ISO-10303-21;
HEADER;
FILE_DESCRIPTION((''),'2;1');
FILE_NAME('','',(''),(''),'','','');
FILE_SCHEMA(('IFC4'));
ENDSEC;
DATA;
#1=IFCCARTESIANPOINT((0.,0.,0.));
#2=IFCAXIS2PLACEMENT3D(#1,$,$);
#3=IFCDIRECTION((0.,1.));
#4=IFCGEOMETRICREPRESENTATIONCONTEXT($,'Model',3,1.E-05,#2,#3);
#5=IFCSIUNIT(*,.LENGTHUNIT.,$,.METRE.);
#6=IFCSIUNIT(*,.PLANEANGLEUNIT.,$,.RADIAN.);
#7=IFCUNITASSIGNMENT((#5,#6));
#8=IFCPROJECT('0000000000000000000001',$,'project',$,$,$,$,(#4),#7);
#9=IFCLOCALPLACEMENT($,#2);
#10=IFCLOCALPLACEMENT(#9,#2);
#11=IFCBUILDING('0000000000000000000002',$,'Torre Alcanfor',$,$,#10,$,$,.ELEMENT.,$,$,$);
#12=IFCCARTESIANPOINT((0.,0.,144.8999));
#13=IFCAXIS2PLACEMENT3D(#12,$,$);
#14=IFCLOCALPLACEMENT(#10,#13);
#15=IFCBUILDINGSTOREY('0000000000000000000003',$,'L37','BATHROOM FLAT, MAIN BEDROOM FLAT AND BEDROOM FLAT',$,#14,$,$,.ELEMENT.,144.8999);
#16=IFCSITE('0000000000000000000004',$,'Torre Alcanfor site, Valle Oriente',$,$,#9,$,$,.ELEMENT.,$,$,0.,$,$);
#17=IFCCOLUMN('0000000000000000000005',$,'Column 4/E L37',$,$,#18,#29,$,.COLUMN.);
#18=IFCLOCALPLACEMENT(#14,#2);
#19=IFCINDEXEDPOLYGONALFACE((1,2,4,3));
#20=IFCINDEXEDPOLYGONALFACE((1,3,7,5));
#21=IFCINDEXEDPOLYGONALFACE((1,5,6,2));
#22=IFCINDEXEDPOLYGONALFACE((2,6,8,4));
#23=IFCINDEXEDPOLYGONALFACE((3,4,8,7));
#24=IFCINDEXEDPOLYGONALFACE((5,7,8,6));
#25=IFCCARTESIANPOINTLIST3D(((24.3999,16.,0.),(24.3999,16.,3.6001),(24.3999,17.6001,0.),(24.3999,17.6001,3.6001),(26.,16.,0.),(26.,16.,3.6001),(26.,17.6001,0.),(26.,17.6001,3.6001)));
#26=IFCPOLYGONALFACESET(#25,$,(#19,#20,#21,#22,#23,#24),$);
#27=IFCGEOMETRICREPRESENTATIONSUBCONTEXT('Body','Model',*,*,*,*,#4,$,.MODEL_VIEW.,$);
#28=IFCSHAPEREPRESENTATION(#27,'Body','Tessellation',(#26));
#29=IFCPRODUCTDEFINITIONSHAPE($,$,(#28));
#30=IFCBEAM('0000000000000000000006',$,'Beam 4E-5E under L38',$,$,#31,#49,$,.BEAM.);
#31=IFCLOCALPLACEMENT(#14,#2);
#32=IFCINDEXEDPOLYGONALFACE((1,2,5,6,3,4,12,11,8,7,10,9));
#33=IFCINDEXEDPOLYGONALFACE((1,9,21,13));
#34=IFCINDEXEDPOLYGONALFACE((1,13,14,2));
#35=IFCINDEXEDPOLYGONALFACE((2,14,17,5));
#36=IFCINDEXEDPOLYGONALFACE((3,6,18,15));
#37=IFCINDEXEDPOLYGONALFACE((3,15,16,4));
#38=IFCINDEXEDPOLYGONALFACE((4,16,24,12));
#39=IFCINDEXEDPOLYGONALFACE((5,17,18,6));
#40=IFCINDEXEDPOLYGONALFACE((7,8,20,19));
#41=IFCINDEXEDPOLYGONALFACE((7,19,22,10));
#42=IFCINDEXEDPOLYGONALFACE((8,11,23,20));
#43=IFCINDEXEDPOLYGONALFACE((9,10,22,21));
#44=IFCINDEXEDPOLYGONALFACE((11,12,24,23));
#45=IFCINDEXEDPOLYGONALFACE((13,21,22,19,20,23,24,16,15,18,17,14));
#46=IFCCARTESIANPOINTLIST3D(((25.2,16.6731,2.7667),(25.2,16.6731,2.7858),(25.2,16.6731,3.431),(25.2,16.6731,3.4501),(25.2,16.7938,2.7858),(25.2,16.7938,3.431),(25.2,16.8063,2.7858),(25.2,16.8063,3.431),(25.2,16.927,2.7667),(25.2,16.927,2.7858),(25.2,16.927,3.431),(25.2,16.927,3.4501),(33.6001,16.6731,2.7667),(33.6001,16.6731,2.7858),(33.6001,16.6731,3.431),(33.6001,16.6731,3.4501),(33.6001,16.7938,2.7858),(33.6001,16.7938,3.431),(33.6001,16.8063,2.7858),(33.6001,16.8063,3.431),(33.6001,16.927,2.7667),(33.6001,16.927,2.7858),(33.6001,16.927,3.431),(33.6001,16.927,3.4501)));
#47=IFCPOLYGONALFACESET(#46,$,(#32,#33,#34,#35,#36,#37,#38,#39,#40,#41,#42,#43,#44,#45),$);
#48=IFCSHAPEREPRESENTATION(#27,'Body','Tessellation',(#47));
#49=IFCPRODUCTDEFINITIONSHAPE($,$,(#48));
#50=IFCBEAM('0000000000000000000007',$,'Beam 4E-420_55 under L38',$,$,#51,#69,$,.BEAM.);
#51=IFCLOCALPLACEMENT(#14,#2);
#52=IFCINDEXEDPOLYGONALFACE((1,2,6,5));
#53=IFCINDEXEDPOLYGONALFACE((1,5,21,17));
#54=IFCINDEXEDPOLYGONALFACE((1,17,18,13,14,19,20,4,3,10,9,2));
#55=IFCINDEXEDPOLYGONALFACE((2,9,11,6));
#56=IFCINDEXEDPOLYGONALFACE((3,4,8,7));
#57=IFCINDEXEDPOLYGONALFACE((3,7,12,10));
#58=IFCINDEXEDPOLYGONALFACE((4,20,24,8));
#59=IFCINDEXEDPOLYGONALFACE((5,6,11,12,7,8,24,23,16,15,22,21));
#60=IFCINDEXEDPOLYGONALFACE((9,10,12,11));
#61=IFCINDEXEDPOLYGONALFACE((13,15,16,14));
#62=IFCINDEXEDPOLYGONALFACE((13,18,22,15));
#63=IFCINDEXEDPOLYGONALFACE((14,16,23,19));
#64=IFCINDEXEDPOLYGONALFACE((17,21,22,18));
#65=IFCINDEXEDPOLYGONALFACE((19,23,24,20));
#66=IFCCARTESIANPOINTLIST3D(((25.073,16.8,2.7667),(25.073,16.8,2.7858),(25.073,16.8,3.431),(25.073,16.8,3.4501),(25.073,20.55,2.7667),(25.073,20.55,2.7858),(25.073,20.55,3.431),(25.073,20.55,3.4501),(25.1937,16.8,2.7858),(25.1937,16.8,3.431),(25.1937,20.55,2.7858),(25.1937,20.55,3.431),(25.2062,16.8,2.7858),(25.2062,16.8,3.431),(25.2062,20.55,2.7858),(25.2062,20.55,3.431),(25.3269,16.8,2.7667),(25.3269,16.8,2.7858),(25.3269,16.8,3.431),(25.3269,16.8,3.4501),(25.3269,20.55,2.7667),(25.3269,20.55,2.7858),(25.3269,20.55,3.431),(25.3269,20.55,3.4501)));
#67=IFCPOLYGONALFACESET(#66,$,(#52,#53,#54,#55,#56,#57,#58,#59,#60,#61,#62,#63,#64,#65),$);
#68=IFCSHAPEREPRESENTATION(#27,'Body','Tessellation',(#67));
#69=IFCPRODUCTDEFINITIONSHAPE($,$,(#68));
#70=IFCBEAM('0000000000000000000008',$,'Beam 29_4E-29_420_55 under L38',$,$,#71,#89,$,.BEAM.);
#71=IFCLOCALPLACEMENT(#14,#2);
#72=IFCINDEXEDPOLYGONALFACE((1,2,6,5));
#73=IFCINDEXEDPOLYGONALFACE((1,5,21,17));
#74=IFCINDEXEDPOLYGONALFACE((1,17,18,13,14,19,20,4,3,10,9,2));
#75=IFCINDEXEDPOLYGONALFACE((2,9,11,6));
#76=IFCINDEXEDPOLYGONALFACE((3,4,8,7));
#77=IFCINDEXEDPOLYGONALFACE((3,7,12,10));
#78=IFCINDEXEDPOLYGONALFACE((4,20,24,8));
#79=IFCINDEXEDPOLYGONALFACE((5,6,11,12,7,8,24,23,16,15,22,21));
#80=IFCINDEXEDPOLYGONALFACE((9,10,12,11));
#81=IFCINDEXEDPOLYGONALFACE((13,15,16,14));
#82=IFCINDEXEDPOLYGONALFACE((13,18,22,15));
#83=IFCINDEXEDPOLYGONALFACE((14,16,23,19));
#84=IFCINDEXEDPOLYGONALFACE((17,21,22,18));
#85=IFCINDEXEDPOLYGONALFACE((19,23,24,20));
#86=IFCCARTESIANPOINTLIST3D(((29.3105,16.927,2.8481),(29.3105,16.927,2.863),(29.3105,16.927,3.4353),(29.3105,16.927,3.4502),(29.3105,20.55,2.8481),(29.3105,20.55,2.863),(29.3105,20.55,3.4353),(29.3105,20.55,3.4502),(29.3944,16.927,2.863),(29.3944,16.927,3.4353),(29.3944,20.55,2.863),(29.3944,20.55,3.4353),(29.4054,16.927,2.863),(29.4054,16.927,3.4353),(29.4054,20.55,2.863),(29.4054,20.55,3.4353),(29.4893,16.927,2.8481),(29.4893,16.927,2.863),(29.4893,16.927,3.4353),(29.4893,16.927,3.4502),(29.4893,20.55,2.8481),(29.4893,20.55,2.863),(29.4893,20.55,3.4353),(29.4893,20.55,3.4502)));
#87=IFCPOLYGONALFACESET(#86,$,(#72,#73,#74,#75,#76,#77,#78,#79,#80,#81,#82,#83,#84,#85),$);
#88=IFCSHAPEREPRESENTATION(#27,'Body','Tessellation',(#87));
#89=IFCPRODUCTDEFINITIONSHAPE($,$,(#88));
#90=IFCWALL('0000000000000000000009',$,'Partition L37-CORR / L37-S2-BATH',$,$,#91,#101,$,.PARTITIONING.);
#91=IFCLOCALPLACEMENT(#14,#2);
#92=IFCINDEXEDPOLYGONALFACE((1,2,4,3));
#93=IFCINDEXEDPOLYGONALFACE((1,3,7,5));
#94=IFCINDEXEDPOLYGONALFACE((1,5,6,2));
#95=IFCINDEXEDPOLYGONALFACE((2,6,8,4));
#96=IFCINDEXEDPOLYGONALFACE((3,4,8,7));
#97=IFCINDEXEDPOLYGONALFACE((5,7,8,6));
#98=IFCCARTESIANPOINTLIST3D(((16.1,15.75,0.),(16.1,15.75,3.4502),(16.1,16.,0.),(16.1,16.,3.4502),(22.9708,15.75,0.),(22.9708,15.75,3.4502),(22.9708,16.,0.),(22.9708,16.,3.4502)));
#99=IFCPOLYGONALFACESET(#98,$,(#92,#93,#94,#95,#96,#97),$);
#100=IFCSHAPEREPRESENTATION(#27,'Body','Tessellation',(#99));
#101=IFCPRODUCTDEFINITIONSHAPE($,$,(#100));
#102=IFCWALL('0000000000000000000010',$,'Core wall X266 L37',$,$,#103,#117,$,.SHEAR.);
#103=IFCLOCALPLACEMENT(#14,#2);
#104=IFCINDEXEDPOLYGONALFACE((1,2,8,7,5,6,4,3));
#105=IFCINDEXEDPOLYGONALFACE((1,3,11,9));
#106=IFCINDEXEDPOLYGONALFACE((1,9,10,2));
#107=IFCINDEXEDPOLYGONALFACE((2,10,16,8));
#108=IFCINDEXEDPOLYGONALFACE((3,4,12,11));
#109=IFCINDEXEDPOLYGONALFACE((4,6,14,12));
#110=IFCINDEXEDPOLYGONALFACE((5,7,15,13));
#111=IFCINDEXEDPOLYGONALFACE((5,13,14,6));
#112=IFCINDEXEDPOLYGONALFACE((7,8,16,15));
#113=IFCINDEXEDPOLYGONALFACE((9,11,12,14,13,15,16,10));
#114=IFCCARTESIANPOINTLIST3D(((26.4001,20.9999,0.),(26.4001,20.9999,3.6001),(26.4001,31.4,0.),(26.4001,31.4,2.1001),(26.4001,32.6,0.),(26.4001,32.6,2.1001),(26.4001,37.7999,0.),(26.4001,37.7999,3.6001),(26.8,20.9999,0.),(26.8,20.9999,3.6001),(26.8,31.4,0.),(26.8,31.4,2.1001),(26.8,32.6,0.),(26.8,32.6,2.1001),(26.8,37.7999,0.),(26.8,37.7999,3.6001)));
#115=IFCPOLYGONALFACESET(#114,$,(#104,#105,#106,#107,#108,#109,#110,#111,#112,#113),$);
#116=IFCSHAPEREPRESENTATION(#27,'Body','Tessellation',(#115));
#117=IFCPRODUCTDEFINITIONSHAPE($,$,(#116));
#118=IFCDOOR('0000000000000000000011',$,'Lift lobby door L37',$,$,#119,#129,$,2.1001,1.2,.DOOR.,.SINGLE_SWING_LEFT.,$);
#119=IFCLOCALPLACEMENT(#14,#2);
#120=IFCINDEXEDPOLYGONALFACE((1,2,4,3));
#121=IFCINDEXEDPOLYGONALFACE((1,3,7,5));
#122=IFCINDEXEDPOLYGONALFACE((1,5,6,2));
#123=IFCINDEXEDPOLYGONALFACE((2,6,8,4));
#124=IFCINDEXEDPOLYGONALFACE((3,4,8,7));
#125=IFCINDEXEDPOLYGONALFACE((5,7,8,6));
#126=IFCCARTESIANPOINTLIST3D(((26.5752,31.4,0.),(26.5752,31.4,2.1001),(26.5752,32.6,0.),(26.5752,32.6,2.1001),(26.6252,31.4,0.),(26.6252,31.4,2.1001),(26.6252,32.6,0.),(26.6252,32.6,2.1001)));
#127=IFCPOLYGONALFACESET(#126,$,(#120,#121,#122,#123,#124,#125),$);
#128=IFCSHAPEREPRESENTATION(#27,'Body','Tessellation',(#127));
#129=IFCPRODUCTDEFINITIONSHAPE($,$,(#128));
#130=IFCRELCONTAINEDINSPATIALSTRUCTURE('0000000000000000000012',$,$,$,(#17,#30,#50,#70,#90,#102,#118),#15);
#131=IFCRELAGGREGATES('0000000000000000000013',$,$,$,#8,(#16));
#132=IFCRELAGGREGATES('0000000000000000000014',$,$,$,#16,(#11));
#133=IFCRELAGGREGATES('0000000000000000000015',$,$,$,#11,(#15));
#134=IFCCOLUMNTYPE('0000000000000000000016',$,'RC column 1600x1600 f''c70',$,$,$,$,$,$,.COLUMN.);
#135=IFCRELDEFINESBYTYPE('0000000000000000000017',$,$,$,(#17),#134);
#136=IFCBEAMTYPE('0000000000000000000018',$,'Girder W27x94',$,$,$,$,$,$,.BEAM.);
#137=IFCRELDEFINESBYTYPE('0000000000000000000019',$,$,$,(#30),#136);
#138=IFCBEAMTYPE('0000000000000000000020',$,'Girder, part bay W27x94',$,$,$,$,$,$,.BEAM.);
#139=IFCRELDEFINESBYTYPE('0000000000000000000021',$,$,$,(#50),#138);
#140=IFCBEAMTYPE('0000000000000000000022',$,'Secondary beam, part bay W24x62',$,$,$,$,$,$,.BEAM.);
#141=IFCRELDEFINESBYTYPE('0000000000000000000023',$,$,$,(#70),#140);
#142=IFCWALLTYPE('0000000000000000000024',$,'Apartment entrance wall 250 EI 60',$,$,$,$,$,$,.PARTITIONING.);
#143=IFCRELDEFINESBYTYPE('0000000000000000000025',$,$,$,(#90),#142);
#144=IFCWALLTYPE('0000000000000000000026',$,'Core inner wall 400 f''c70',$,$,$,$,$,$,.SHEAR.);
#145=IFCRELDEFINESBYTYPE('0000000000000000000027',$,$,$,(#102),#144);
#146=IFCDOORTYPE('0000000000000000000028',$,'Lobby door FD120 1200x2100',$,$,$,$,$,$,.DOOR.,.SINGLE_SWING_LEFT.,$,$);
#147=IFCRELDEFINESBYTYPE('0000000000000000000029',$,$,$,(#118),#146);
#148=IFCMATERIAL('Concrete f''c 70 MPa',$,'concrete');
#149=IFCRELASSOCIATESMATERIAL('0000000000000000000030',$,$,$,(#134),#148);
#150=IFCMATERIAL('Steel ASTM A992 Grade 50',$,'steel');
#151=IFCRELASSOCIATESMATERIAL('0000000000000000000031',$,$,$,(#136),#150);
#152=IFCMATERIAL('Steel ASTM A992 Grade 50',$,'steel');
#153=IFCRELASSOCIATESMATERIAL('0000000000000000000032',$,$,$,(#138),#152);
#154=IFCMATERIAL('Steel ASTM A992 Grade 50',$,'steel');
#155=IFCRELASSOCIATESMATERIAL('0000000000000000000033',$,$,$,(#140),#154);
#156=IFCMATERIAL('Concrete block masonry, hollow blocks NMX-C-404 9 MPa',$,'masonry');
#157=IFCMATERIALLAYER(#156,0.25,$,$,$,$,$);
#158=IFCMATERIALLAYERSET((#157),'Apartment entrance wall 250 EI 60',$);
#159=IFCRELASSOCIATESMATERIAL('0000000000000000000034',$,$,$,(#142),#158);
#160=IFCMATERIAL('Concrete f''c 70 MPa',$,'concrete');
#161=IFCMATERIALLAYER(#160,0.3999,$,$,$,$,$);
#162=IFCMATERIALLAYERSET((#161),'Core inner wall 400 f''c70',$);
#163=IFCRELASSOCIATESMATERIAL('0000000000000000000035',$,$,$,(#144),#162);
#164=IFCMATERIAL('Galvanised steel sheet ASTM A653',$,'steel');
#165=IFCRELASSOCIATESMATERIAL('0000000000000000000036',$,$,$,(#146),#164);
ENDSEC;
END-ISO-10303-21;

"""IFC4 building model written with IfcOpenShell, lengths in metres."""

from ifc_helpers import new_model, si_unit, direction, frame, frame_2d, origin, origin_2d, place, context, subcontext, project, spatial, rectangle, i_section, extrude, material, layer, layer_set, material_profile, profile_set, type_object, element, fill, save


model = new_model("IFC4")

# Units and contexts
model_context = context("Model", 3, precision=1e-05, world=origin(), true_north=direction((0.0, 1.0)))
body_context = subcontext(model_context, "Body", "Model", "MODEL_VIEW")
ifc_project = project(units=[si_unit("LENGTHUNIT", "METRE"), si_unit("PLANEANGLEUNIT", "RADIAN")], contexts=[model_context])

# Site, building, storey
site_placement = place(None, origin())
site = spatial("IfcSite", under=ifc_project, at=site_placement, Name="Torre Alcanfor site, Valle Oriente", CompositionType="ELEMENT", RefElevation=0.0)
building_placement = place(site_placement, origin())
building = spatial("IfcBuilding", under=site, at=building_placement, Name="Torre Alcanfor", CompositionType="ELEMENT")
storey_placement = place(building_placement, frame((0.0, 0.0, 144.8999)))
storey = spatial("IfcBuildingStorey", under=building, at=storey_placement, Name="L37", Description="BATHROOM FLAT, MAIN BEDROOM FLAT AND BEDROOM FLAT", CompositionType="ELEMENT", Elevation=144.8999)

# Column
ifc_material_1 = material(Name="Concrete f'c 70 MPa", Category="concrete")
ifc_material_profile_1 = material_profile(ifc_material_1, rectangle(XDim=1.6001, YDim=1.6001, at=origin_2d()), Name="1600x1600")
ifc_profile_set_1 = profile_set([ifc_material_profile_1], Name="Concrete f'c 70 MPa")
column_type = type_object("IfcColumnType", Name="RC column 1600x1600 f'c70", PredefinedType="COLUMN", material=ifc_profile_set_1)
column_placement = place(storey_placement, frame((25.2, 16.8, 0.0), z_axis=(0.0, 0.0, 1.0), x_axis=(1.0, 0.0, 0.0)))
element("IfcColumn", 1, at=column_placement, inside=storey, type_object=column_type, Name="Column 4/E L37", PredefinedType="COLUMN", context=body_context, shape_type="SweptSolid", body=[
    extrude(rectangle(XDim=1.6001, YDim=1.6001, at=origin_2d()), origin(), (0.0, 0.0, 1.0), 3.6001),
])

# Beams
ifc_material_2 = material(Name="Steel ASTM A992 Grade 50", Category="steel")
ifc_material_profile_2 = material_profile(ifc_material_2, i_section(OverallWidth=0.2539, OverallDepth=0.6833, WebThickness=0.0125, FlangeThickness=0.019, at=origin_2d()), Name="W27x94")
ifc_profile_set_2 = profile_set([ifc_material_profile_2], Name="Steel ASTM A992 Grade 50")
beam_type_1 = type_object("IfcBeamType", Name="Girder W27x94", PredefinedType="BEAM", material=ifc_profile_set_2)
beam_1_placement = place(storey_placement, frame((25.2, 16.8, 3.1084), z_axis=(1.0, 0.0, 0.0), x_axis=(0.0, 1.0, 0.0)))
element("IfcBeam", 2, at=beam_1_placement, inside=storey, type_object=beam_type_1, Name="Beam 4E-5E under L38", PredefinedType="BEAM", context=body_context, shape_type="SweptSolid", body=[
    extrude(i_section(OverallWidth=0.2539, OverallDepth=0.6833, WebThickness=0.0125, FlangeThickness=0.019, at=origin_2d()), origin(), (0.0, 0.0, 1.0), 8.4001),
])
ifc_material_3 = material(Name="Steel ASTM A992 Grade 50", Category="steel")
ifc_material_profile_3 = material_profile(ifc_material_3, i_section(OverallWidth=0.2539, OverallDepth=0.6833, WebThickness=0.0125, FlangeThickness=0.019, at=origin_2d()), Name="W27x94")
ifc_profile_set_3 = profile_set([ifc_material_profile_3], Name="Steel ASTM A992 Grade 50")
beam_type_2 = type_object("IfcBeamType", Name="Girder, part bay W27x94", PredefinedType="BEAM", material=ifc_profile_set_3)
beam_2_placement = place(storey_placement, frame((25.2, 16.8, 3.1084), z_axis=(0.0, 1.0, 0.0), x_axis=(-1.0, 0.0, 0.0)))
element("IfcBeam", 3, at=beam_2_placement, inside=storey, type_object=beam_type_2, Name="Beam 4E-420_55 under L38", PredefinedType="BEAM", context=body_context, shape_type="SweptSolid", body=[
    extrude(i_section(OverallWidth=0.2539, OverallDepth=0.6833, WebThickness=0.0125, FlangeThickness=0.019, at=origin_2d()), origin(), (0.0, 0.0, 1.0), 3.75),
])
ifc_material_4 = material(Name="Steel ASTM A992 Grade 50", Category="steel")
ifc_material_profile_4 = material_profile(ifc_material_4, i_section(OverallWidth=0.1787, OverallDepth=0.6021, WebThickness=0.011, FlangeThickness=0.0149, at=origin_2d()), Name="W24x62")
ifc_profile_set_4 = profile_set([ifc_material_profile_4], Name="Steel ASTM A992 Grade 50")
beam_type_3 = type_object("IfcBeamType", Name="Secondary beam, part bay W24x62", PredefinedType="BEAM", material=ifc_profile_set_4)
beam_3_placement = place(storey_placement, frame((29.3999, 16.927, 3.1492), z_axis=(0.0, 1.0, 0.0), x_axis=(-1.0, 0.0, 0.0)))
element("IfcBeam", 4, at=beam_3_placement, inside=storey, type_object=beam_type_3, Name="Beam 29_4E-29_420_55 under L38", PredefinedType="BEAM", context=body_context, shape_type="SweptSolid", body=[
    extrude(i_section(OverallWidth=0.1787, OverallDepth=0.6021, WebThickness=0.011, FlangeThickness=0.0149, at=origin_2d()), origin(), (0.0, 0.0, 1.0), 3.623),
])

# Wall
ifc_material_5 = material(Name="Concrete block masonry, hollow blocks NMX-C-404 9 MPa", Category="masonry")
ifc_layer_1 = layer(ifc_material_5, 0.25)
ifc_layer_set_1 = layer_set([ifc_layer_1], Name="Apartment entrance wall 250 EI 60")
wall_type_1 = type_object("IfcWallType", Name="Apartment entrance wall 250 EI 60", PredefinedType="PARTITIONING", material=ifc_layer_set_1)
wall_1_placement = place(storey_placement, frame((22.9709, 15.875, 0.0), z_axis=(0.0, 0.0, 1.0), x_axis=(-1.0, 0.0, 0.0)))
element("IfcWall", 5, at=wall_1_placement, inside=storey, type_object=wall_type_1, Name="Partition L37-CORR / L37-S2-BATH", PredefinedType="PARTITIONING", context=body_context, shape_type="SweptSolid", body=[
    extrude(rectangle(XDim=6.8708, YDim=0.25, at=frame_2d((3.4355, 0.0))), origin(), (0.0, 0.0, 1.0), 3.4502),
])

# Wall, opening, door
ifc_material_6 = material(Name="Concrete f'c 70 MPa", Category="concrete")
ifc_layer_2 = layer(ifc_material_6, 0.3999)
ifc_layer_set_2 = layer_set([ifc_layer_2], Name="Core inner wall 400 f'c70")
wall_type_2 = type_object("IfcWallType", Name="Core inner wall 400 f'c70", PredefinedType="SHEAR", material=ifc_layer_set_2)
wall_2_placement = place(storey_placement, frame((26.6001, 21.0, 0.0), z_axis=(0.0, 0.0, 1.0), x_axis=(0.0, 1.0, 0.0)))
wall_2 = element("IfcWall", 6, at=wall_2_placement, inside=storey, type_object=wall_type_2, Name="Core wall X266 L37", PredefinedType="SHEAR", context=body_context, shape_type="SweptSolid", body=[
    extrude(rectangle(XDim=16.8, YDim=0.3999, at=frame_2d((8.3999, 0.0))), origin(), (0.0, 0.0, 1.0), 3.6001),
])
opening_1_placement = place(wall_2_placement, frame((10.3999, 0.0, 0.0)))
opening_1 = element("IfcOpeningElement", 7, at=opening_1_placement, cuts=wall_2, PredefinedType="OPENING", context=body_context, shape_type="SweptSolid", body=[
    extrude(rectangle(XDim=1.2, YDim=2.1001, at=frame_2d((0.6001, 1.05))), frame((0.0, 0.21, 0.0), z_axis=(0.0, -1.0, 0.0), x_axis=(1.0, 0.0, 0.0)), (0.0, 0.0, 1.0), 0.4199),
])
ifc_material_7 = material(Name="Galvanised steel sheet ASTM A653", Category="steel")
door_type_1 = type_object("IfcDoorType", Name="Lobby door FD120 1200x2100", OperationType="SINGLE_SWING_LEFT", PredefinedType="DOOR", material=ifc_material_7)
door_1_placement = place(opening_1_placement, origin())
door_1 = element("IfcDoor", 8, at=door_1_placement, inside=storey, type_object=door_type_1, Name="Lift lobby door L37", OperationType="SINGLE_SWING_LEFT", OverallHeight=2.1001, OverallWidth=1.2, PredefinedType="DOOR", context=body_context, shape_type="SweptSolid", body=[
    extrude(rectangle(XDim=1.2, YDim=2.1001, at=frame_2d((0.6001, 1.05))), frame((0.0, 0.0249, 0.0), z_axis=(0.0, -1.0, 0.0), x_axis=(1.0, 0.0, 0.0)), (0.0, 0.0, 1.0), 0.05),
])
fill(opening_1, door_1)

save(model, "model.ifc")
